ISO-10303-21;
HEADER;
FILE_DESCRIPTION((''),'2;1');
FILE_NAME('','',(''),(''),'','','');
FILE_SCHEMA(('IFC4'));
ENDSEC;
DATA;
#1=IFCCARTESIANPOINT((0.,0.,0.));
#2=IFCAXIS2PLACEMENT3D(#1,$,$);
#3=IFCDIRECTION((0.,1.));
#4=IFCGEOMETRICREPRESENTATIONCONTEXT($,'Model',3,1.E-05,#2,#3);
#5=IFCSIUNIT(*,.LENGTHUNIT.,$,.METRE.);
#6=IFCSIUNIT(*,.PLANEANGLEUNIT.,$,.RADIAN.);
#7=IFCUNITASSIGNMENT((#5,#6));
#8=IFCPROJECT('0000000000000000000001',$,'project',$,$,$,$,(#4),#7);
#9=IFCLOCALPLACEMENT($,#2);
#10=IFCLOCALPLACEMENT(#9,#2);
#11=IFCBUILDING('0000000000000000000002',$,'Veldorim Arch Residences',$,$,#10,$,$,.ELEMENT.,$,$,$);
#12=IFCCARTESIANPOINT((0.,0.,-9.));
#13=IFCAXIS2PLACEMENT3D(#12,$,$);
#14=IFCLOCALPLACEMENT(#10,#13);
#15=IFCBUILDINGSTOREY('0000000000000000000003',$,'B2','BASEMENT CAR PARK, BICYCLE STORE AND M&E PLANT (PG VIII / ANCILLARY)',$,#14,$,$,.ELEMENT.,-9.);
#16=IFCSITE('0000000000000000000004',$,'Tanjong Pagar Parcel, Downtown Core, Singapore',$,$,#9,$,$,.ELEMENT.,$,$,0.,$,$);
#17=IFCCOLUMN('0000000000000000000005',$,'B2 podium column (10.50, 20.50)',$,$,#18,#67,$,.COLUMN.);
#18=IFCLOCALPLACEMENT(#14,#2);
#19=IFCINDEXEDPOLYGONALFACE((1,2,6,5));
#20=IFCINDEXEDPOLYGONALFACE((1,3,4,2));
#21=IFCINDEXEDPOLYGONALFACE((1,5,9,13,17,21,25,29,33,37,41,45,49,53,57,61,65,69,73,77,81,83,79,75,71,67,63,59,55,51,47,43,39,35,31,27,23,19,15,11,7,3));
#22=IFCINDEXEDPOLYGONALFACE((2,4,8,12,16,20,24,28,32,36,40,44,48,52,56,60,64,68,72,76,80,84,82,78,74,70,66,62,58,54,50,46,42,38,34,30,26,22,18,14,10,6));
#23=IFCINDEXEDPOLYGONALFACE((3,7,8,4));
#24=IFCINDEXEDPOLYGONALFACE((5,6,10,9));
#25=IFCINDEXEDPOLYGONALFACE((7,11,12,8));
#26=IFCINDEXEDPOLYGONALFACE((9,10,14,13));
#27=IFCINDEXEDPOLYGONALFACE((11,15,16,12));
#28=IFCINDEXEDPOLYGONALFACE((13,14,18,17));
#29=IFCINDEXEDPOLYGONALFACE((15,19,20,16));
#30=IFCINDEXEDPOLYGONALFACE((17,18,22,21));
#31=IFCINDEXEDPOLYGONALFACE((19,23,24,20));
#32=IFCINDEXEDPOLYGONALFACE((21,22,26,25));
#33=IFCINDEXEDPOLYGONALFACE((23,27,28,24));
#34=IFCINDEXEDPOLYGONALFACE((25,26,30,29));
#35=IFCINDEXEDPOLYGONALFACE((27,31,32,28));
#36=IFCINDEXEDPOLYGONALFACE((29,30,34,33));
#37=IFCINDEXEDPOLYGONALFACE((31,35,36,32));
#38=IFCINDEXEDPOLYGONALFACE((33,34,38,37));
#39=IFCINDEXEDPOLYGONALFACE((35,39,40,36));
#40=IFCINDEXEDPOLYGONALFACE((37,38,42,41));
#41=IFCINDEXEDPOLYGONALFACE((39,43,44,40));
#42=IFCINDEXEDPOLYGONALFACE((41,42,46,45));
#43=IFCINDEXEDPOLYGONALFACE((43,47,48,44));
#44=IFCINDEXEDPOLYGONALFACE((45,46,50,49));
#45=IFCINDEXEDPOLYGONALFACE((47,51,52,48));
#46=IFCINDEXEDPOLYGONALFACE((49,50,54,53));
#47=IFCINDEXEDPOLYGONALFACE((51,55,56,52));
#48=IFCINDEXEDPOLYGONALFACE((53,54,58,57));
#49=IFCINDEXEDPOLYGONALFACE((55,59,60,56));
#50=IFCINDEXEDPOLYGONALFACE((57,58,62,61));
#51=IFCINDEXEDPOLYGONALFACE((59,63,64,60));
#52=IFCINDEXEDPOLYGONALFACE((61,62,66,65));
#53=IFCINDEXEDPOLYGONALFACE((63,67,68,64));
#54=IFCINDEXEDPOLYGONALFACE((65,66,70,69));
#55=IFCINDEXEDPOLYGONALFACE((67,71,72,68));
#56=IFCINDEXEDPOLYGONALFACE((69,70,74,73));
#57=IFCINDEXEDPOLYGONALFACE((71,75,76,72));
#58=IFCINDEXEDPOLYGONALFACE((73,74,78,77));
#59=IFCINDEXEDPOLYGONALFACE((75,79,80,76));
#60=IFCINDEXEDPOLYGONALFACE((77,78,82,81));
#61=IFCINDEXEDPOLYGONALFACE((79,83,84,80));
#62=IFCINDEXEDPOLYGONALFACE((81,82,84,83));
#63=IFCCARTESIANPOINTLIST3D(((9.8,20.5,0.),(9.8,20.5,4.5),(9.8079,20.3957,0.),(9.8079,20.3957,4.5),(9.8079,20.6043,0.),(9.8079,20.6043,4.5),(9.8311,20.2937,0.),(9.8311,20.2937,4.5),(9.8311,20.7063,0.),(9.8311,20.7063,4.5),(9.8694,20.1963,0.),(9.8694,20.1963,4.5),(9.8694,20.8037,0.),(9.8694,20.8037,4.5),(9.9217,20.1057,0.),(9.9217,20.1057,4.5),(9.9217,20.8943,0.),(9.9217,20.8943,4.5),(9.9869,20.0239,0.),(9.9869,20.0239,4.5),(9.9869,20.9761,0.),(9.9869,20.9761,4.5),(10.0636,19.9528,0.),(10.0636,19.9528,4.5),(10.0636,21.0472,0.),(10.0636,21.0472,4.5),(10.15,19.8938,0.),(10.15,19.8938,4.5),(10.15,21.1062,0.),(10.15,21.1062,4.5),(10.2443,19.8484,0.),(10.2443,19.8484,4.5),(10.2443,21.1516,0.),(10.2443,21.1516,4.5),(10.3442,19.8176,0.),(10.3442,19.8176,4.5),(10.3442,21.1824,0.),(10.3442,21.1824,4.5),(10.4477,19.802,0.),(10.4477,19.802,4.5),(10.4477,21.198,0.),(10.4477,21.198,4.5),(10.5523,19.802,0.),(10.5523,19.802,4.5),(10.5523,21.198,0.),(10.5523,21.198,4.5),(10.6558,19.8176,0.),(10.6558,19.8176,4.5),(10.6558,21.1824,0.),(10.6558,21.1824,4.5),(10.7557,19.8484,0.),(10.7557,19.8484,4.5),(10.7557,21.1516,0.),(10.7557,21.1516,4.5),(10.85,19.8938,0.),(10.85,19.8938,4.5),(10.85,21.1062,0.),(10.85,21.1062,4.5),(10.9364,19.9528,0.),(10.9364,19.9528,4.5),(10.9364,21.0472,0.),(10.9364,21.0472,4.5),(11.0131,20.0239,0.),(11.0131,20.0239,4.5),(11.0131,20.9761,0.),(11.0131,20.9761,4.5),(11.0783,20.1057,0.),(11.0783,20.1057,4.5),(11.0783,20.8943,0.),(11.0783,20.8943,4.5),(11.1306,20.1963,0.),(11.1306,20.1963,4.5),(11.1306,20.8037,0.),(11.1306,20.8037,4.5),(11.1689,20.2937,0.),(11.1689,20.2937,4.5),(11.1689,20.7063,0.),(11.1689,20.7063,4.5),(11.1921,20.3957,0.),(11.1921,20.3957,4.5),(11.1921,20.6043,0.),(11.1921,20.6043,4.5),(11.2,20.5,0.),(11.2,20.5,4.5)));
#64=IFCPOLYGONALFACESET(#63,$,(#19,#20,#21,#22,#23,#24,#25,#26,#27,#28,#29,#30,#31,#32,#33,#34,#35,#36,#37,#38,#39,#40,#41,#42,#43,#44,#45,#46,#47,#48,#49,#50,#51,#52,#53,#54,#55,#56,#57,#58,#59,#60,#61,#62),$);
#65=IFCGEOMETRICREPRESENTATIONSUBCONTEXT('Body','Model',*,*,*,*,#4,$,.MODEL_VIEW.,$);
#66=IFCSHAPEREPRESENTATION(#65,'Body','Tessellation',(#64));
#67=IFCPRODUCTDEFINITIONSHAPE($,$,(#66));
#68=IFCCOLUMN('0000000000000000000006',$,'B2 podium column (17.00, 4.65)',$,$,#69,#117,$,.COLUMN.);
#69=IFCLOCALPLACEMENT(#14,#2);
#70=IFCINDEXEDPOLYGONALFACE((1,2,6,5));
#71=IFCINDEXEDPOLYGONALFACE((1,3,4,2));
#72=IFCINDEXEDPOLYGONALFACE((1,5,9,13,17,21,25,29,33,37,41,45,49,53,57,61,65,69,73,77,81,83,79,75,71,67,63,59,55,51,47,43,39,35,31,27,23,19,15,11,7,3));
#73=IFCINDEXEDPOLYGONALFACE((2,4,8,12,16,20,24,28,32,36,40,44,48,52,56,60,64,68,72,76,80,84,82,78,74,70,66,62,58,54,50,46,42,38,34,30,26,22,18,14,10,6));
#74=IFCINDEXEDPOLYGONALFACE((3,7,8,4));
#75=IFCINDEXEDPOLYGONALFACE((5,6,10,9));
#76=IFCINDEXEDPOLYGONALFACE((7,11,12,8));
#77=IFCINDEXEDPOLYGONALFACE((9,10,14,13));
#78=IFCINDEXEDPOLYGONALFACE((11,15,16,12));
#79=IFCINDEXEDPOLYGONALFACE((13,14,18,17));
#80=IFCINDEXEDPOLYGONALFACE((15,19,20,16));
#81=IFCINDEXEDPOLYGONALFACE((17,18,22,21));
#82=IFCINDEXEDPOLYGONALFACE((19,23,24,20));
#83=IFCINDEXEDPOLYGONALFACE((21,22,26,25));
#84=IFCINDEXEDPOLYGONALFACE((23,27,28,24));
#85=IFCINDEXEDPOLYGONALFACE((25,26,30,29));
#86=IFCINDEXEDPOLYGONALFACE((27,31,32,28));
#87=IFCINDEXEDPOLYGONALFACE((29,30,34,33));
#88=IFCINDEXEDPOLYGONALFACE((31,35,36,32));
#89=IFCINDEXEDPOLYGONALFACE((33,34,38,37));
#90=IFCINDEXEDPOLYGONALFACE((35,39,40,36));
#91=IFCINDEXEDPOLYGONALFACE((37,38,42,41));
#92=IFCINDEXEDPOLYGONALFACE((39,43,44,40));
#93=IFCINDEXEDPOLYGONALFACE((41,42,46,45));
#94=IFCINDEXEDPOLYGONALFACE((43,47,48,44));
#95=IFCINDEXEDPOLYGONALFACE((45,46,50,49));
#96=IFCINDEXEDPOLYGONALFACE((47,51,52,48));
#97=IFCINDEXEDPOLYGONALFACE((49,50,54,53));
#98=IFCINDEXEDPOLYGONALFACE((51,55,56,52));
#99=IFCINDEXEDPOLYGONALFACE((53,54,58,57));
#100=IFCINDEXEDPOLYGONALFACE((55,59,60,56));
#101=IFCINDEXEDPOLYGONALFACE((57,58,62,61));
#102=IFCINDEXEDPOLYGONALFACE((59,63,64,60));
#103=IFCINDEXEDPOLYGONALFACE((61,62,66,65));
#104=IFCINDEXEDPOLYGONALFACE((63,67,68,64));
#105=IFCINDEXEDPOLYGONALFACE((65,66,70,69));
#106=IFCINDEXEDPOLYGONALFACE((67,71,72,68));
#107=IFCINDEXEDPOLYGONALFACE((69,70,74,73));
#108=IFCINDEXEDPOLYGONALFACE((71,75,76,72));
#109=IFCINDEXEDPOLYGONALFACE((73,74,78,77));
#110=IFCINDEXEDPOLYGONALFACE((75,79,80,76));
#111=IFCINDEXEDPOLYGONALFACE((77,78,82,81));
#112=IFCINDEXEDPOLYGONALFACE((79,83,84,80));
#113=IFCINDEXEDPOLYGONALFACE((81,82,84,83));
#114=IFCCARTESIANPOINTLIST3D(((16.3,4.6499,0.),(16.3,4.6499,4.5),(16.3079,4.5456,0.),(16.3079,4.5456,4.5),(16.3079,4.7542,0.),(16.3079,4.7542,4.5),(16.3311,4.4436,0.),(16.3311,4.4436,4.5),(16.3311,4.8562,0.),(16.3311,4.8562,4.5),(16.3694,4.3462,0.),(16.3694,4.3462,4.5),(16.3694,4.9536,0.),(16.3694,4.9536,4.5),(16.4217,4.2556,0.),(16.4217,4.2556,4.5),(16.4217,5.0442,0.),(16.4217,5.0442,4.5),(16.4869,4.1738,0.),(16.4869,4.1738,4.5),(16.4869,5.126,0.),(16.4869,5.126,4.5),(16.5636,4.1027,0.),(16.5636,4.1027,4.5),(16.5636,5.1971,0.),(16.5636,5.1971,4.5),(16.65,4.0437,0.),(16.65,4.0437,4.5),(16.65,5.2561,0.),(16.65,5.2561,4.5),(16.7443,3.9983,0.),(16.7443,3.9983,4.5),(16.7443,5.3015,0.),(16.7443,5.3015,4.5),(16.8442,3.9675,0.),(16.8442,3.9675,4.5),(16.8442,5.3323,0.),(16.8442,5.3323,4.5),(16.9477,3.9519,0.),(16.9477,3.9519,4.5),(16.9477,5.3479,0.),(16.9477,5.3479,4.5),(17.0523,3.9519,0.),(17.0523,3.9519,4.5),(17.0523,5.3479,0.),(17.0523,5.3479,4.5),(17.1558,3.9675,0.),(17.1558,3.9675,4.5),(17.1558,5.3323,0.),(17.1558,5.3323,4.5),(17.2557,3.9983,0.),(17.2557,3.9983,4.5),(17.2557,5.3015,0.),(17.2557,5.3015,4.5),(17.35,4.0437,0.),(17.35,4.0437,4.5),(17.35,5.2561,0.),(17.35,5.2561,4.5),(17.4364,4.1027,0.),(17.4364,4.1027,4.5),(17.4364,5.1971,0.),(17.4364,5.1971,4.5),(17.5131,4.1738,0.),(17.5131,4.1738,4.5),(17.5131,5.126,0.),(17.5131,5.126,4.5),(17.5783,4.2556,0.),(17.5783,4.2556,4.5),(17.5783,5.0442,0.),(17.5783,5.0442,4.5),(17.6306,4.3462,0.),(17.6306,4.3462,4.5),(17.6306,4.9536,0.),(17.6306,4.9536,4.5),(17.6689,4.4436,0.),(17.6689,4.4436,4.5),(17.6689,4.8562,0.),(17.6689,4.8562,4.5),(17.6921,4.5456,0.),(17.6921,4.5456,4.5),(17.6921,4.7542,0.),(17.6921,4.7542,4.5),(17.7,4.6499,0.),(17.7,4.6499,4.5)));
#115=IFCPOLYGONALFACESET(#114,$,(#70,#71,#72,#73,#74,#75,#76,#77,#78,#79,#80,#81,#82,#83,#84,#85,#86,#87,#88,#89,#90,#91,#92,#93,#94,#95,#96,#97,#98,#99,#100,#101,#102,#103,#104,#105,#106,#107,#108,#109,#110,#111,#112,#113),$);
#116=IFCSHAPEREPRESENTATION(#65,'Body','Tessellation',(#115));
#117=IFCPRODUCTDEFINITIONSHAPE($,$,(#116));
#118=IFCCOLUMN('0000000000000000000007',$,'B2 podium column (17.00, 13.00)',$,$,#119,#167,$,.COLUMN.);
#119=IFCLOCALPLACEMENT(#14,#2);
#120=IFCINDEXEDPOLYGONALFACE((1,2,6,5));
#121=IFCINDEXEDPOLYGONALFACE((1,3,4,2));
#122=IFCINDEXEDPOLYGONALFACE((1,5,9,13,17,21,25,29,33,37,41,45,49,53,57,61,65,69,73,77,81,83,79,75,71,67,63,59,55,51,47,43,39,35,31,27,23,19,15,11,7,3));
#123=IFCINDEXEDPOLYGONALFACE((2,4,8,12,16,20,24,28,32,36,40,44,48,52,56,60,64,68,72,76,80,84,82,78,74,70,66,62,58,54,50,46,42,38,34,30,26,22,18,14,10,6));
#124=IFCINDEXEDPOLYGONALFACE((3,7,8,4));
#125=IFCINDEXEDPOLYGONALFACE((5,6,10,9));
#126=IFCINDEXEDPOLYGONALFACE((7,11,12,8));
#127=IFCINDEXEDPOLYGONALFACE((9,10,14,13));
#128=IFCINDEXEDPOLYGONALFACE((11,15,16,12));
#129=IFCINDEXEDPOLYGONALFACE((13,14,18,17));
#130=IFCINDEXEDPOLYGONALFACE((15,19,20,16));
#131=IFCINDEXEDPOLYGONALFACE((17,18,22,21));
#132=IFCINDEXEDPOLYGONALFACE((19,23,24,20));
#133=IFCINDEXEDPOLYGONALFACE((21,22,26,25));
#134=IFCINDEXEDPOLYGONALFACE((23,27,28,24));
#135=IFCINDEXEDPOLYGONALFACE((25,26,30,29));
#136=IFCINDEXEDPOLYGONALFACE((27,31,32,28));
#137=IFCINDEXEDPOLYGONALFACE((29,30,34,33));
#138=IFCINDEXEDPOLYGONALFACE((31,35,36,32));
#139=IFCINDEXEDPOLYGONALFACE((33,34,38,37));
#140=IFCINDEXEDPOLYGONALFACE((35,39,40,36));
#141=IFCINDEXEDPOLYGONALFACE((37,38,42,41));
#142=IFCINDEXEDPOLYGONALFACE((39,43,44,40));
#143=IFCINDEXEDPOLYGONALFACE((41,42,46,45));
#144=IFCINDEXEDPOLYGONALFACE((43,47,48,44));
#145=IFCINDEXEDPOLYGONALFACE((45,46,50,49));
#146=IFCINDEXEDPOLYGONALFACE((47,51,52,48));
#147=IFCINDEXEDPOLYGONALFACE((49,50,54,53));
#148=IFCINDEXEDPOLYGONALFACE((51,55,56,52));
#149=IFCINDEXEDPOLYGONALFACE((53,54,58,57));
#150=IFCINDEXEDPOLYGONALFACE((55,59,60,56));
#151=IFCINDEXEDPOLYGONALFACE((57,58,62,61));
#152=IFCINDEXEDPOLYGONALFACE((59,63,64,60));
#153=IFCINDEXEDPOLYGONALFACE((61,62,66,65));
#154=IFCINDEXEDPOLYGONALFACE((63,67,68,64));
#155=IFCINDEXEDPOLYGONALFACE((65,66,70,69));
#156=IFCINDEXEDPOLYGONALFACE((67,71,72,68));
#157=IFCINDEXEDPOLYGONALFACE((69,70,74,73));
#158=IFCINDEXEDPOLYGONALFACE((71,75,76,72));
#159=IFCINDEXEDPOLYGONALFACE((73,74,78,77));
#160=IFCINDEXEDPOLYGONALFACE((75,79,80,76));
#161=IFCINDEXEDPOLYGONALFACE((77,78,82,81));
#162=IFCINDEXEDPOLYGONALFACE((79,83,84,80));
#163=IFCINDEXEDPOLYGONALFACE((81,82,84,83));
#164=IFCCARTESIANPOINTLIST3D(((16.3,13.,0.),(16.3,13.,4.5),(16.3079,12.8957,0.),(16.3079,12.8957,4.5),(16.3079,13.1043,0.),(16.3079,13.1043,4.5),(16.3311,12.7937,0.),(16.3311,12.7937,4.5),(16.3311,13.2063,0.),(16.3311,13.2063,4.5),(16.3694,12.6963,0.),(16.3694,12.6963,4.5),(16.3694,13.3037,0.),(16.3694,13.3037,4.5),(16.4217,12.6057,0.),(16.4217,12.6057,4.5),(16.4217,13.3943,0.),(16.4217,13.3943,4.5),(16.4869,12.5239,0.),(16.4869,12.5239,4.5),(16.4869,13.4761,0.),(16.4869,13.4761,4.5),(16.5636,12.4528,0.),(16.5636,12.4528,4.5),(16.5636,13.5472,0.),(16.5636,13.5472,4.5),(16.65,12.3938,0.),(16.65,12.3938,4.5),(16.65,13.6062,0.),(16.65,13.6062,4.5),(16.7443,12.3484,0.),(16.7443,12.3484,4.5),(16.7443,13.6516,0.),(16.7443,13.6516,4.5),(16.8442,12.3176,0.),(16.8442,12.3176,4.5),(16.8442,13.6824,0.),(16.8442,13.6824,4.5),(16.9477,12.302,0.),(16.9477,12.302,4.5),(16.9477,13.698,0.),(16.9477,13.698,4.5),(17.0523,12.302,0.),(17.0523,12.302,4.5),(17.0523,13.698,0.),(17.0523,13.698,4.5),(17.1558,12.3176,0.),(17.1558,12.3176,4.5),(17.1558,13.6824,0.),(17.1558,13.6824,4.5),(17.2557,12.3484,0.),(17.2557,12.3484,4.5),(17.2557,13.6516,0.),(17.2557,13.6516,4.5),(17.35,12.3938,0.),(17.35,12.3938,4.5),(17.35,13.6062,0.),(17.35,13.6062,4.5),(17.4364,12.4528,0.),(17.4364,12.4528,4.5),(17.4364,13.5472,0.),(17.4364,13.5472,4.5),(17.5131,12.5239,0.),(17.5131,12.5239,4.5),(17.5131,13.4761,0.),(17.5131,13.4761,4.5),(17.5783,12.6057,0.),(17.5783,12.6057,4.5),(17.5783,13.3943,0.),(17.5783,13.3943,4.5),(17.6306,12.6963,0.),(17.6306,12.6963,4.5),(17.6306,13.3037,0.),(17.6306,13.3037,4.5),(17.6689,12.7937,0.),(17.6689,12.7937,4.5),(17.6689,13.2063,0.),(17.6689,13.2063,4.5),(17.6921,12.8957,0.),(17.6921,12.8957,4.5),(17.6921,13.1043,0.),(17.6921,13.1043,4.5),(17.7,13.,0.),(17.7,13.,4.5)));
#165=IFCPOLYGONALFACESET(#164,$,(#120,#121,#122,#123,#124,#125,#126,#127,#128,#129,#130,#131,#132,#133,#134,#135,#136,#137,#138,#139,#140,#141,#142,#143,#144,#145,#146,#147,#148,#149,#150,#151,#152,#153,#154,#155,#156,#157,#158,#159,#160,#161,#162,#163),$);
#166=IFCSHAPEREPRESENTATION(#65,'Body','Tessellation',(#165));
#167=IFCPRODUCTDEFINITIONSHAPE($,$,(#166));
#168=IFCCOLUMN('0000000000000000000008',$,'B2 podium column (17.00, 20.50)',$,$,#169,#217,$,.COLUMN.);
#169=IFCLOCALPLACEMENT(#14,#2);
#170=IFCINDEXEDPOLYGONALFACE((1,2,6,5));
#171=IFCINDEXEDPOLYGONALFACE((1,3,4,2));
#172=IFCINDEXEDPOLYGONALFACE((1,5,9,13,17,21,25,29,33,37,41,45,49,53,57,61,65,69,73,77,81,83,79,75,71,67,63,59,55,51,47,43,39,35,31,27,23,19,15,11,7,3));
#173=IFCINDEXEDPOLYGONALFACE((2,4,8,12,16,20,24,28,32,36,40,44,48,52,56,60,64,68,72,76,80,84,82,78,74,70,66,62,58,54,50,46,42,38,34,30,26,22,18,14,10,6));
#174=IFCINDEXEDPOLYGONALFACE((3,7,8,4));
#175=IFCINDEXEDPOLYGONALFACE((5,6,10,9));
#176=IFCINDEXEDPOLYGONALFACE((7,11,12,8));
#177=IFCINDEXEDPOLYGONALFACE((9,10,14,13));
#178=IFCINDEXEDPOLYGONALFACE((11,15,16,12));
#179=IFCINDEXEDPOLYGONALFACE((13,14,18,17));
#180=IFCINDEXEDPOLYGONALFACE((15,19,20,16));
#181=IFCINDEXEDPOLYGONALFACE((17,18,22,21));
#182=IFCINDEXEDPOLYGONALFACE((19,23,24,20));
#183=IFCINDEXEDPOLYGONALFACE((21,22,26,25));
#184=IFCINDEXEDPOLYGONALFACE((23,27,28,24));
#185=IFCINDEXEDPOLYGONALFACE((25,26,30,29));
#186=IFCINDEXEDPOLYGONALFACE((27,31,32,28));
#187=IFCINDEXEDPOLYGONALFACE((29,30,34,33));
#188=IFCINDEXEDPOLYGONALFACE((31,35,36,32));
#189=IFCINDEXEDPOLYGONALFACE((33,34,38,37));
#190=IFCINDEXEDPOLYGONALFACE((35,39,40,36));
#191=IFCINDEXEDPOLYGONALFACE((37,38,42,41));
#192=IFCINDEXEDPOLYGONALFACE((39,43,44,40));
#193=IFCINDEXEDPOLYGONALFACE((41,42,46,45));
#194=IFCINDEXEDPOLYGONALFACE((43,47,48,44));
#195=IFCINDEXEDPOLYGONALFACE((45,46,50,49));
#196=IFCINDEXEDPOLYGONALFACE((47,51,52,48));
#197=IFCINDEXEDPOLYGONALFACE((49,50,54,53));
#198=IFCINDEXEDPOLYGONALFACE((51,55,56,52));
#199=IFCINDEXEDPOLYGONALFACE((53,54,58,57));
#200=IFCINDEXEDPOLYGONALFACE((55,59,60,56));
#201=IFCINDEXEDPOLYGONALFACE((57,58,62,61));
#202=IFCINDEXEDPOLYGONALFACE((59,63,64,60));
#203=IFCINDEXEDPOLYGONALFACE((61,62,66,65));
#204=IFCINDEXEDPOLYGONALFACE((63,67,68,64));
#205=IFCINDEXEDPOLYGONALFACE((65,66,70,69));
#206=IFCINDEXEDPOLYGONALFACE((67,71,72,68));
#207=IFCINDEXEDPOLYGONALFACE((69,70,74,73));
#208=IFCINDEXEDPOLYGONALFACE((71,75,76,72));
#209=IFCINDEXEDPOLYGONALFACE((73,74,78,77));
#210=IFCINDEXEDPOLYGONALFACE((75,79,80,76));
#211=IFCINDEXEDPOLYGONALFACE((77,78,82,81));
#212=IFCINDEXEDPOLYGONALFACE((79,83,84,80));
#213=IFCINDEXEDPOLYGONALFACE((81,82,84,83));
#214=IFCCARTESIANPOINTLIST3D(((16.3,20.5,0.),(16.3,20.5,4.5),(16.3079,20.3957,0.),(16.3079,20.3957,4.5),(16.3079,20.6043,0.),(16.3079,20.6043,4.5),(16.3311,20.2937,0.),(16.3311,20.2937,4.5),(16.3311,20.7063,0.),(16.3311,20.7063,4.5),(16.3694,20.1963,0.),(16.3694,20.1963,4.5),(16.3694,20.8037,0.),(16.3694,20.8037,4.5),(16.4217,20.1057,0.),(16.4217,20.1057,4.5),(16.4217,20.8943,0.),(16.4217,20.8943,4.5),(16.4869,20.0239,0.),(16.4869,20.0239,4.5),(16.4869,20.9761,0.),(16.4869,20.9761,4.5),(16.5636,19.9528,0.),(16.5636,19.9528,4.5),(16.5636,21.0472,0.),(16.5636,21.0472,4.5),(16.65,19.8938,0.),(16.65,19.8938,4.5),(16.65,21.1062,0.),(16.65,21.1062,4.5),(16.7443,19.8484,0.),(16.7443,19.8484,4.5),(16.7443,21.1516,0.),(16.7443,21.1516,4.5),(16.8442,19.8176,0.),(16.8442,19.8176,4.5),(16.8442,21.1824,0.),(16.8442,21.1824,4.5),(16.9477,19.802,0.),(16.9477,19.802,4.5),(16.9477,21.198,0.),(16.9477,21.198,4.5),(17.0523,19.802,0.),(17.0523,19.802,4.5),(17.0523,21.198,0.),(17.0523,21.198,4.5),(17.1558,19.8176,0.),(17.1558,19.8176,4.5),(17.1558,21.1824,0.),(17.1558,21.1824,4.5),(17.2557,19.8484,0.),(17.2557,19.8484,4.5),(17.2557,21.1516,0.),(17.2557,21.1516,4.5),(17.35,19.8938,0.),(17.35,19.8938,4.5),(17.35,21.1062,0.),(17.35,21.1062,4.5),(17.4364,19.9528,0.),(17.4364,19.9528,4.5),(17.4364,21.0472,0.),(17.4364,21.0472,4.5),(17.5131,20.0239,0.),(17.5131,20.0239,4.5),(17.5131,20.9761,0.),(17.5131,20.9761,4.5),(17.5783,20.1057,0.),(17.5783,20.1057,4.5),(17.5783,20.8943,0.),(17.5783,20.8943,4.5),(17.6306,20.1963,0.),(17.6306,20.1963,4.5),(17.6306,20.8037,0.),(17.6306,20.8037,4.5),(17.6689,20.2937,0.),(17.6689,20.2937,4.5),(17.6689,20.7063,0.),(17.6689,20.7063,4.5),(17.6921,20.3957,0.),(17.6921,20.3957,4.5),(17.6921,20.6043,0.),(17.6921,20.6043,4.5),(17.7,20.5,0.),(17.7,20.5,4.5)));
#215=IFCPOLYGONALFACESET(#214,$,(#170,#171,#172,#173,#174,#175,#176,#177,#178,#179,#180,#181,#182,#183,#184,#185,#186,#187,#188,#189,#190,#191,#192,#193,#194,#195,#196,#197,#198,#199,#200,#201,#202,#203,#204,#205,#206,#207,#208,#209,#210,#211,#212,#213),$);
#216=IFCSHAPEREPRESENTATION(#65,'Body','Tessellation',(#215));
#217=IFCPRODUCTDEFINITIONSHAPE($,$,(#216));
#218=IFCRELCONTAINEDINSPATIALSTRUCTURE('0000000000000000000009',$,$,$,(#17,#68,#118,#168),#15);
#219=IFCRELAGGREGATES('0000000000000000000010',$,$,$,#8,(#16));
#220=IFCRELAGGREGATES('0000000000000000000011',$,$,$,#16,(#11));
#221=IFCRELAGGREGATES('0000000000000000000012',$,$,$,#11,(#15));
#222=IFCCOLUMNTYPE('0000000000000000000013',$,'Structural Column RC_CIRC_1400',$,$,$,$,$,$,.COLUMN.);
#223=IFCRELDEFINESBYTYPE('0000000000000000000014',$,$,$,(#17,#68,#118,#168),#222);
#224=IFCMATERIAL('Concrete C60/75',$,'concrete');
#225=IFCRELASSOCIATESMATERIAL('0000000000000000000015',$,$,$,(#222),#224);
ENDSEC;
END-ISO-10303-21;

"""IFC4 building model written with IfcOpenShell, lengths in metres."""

from ifc_helpers import new_model, si_unit, direction, frame, origin, origin_2d, place, context, subcontext, project, spatial, circle, extrude, material, material_profile, profile_set, type_object, element, save


model = new_model("IFC4")

# Units and contexts
model_context = context("Model", 3, precision=1e-05, world=origin(), true_north=direction((0.0, 1.0)))
body_context = subcontext(model_context, "Body", "Model", "MODEL_VIEW")
ifc_project = project(units=[si_unit("LENGTHUNIT", "METRE"), si_unit("PLANEANGLEUNIT", "RADIAN")], contexts=[model_context])

# Site, building, storey
site_placement = place(None, origin())
site = spatial("IfcSite", under=ifc_project, at=site_placement, Name="Tanjong Pagar Parcel, Downtown Core, Singapore", CompositionType="ELEMENT", RefElevation=0.0)
building_placement = place(site_placement, origin())
building = spatial("IfcBuilding", under=site, at=building_placement, Name="Veldorim Arch Residences", CompositionType="ELEMENT")
storey_placement = place(building_placement, frame((0.0, 0.0, -9.0)))
storey = spatial("IfcBuildingStorey", under=building, at=storey_placement, Name="B2", Description="BASEMENT CAR PARK, BICYCLE STORE AND M&E PLANT (PG VIII / ANCILLARY)", CompositionType="ELEMENT", Elevation=-9.0)

# Columns
ifc_material_1 = material(Name="Concrete C60/75", Category="concrete")
ifc_material_profile_1 = material_profile(ifc_material_1, circle(Radius=0.7, at=origin_2d()), Name="RC_CIRC_1400")
ifc_profile_set_1 = profile_set([ifc_material_profile_1], Name="Concrete C60/75")
column_type_1 = type_object("IfcColumnType", Name="Structural Column RC_CIRC_1400", PredefinedType="COLUMN", material=ifc_profile_set_1)
for number, where, z_axis, x_axis, name in (
    (1, (10.5, 20.5, 0.0), (0.0, 0.0, 1.0), (1.0, 0.0, 0.0), "B2 podium column (10.50, 20.50)"),
    (2, (17.0, 4.6499, 0.0), (0.0, 0.0, 1.0), (1.0, 0.0, 0.0), "B2 podium column (17.00, 4.65)"),
    (3, (17.0, 13.0, 0.0), (0.0, 0.0, 1.0), (1.0, 0.0, 0.0), "B2 podium column (17.00, 13.00)"),
    (4, (17.0, 20.5, 0.0), (0.0, 0.0, 1.0), (1.0, 0.0, 0.0), "B2 podium column (17.00, 20.50)"),
):
    element("IfcColumn", number, at=place(storey_placement, frame(where, z_axis=z_axis, x_axis=x_axis)), inside=storey, type_object=column_type_1, Name=name, PredefinedType="COLUMN", context=body_context, shape_type="SweptSolid", body=[
        extrude(circle(Radius=0.7, at=origin_2d()), origin(), (0.0, 0.0, 1.0), 4.5),
    ])

save(model, "model.ifc")
